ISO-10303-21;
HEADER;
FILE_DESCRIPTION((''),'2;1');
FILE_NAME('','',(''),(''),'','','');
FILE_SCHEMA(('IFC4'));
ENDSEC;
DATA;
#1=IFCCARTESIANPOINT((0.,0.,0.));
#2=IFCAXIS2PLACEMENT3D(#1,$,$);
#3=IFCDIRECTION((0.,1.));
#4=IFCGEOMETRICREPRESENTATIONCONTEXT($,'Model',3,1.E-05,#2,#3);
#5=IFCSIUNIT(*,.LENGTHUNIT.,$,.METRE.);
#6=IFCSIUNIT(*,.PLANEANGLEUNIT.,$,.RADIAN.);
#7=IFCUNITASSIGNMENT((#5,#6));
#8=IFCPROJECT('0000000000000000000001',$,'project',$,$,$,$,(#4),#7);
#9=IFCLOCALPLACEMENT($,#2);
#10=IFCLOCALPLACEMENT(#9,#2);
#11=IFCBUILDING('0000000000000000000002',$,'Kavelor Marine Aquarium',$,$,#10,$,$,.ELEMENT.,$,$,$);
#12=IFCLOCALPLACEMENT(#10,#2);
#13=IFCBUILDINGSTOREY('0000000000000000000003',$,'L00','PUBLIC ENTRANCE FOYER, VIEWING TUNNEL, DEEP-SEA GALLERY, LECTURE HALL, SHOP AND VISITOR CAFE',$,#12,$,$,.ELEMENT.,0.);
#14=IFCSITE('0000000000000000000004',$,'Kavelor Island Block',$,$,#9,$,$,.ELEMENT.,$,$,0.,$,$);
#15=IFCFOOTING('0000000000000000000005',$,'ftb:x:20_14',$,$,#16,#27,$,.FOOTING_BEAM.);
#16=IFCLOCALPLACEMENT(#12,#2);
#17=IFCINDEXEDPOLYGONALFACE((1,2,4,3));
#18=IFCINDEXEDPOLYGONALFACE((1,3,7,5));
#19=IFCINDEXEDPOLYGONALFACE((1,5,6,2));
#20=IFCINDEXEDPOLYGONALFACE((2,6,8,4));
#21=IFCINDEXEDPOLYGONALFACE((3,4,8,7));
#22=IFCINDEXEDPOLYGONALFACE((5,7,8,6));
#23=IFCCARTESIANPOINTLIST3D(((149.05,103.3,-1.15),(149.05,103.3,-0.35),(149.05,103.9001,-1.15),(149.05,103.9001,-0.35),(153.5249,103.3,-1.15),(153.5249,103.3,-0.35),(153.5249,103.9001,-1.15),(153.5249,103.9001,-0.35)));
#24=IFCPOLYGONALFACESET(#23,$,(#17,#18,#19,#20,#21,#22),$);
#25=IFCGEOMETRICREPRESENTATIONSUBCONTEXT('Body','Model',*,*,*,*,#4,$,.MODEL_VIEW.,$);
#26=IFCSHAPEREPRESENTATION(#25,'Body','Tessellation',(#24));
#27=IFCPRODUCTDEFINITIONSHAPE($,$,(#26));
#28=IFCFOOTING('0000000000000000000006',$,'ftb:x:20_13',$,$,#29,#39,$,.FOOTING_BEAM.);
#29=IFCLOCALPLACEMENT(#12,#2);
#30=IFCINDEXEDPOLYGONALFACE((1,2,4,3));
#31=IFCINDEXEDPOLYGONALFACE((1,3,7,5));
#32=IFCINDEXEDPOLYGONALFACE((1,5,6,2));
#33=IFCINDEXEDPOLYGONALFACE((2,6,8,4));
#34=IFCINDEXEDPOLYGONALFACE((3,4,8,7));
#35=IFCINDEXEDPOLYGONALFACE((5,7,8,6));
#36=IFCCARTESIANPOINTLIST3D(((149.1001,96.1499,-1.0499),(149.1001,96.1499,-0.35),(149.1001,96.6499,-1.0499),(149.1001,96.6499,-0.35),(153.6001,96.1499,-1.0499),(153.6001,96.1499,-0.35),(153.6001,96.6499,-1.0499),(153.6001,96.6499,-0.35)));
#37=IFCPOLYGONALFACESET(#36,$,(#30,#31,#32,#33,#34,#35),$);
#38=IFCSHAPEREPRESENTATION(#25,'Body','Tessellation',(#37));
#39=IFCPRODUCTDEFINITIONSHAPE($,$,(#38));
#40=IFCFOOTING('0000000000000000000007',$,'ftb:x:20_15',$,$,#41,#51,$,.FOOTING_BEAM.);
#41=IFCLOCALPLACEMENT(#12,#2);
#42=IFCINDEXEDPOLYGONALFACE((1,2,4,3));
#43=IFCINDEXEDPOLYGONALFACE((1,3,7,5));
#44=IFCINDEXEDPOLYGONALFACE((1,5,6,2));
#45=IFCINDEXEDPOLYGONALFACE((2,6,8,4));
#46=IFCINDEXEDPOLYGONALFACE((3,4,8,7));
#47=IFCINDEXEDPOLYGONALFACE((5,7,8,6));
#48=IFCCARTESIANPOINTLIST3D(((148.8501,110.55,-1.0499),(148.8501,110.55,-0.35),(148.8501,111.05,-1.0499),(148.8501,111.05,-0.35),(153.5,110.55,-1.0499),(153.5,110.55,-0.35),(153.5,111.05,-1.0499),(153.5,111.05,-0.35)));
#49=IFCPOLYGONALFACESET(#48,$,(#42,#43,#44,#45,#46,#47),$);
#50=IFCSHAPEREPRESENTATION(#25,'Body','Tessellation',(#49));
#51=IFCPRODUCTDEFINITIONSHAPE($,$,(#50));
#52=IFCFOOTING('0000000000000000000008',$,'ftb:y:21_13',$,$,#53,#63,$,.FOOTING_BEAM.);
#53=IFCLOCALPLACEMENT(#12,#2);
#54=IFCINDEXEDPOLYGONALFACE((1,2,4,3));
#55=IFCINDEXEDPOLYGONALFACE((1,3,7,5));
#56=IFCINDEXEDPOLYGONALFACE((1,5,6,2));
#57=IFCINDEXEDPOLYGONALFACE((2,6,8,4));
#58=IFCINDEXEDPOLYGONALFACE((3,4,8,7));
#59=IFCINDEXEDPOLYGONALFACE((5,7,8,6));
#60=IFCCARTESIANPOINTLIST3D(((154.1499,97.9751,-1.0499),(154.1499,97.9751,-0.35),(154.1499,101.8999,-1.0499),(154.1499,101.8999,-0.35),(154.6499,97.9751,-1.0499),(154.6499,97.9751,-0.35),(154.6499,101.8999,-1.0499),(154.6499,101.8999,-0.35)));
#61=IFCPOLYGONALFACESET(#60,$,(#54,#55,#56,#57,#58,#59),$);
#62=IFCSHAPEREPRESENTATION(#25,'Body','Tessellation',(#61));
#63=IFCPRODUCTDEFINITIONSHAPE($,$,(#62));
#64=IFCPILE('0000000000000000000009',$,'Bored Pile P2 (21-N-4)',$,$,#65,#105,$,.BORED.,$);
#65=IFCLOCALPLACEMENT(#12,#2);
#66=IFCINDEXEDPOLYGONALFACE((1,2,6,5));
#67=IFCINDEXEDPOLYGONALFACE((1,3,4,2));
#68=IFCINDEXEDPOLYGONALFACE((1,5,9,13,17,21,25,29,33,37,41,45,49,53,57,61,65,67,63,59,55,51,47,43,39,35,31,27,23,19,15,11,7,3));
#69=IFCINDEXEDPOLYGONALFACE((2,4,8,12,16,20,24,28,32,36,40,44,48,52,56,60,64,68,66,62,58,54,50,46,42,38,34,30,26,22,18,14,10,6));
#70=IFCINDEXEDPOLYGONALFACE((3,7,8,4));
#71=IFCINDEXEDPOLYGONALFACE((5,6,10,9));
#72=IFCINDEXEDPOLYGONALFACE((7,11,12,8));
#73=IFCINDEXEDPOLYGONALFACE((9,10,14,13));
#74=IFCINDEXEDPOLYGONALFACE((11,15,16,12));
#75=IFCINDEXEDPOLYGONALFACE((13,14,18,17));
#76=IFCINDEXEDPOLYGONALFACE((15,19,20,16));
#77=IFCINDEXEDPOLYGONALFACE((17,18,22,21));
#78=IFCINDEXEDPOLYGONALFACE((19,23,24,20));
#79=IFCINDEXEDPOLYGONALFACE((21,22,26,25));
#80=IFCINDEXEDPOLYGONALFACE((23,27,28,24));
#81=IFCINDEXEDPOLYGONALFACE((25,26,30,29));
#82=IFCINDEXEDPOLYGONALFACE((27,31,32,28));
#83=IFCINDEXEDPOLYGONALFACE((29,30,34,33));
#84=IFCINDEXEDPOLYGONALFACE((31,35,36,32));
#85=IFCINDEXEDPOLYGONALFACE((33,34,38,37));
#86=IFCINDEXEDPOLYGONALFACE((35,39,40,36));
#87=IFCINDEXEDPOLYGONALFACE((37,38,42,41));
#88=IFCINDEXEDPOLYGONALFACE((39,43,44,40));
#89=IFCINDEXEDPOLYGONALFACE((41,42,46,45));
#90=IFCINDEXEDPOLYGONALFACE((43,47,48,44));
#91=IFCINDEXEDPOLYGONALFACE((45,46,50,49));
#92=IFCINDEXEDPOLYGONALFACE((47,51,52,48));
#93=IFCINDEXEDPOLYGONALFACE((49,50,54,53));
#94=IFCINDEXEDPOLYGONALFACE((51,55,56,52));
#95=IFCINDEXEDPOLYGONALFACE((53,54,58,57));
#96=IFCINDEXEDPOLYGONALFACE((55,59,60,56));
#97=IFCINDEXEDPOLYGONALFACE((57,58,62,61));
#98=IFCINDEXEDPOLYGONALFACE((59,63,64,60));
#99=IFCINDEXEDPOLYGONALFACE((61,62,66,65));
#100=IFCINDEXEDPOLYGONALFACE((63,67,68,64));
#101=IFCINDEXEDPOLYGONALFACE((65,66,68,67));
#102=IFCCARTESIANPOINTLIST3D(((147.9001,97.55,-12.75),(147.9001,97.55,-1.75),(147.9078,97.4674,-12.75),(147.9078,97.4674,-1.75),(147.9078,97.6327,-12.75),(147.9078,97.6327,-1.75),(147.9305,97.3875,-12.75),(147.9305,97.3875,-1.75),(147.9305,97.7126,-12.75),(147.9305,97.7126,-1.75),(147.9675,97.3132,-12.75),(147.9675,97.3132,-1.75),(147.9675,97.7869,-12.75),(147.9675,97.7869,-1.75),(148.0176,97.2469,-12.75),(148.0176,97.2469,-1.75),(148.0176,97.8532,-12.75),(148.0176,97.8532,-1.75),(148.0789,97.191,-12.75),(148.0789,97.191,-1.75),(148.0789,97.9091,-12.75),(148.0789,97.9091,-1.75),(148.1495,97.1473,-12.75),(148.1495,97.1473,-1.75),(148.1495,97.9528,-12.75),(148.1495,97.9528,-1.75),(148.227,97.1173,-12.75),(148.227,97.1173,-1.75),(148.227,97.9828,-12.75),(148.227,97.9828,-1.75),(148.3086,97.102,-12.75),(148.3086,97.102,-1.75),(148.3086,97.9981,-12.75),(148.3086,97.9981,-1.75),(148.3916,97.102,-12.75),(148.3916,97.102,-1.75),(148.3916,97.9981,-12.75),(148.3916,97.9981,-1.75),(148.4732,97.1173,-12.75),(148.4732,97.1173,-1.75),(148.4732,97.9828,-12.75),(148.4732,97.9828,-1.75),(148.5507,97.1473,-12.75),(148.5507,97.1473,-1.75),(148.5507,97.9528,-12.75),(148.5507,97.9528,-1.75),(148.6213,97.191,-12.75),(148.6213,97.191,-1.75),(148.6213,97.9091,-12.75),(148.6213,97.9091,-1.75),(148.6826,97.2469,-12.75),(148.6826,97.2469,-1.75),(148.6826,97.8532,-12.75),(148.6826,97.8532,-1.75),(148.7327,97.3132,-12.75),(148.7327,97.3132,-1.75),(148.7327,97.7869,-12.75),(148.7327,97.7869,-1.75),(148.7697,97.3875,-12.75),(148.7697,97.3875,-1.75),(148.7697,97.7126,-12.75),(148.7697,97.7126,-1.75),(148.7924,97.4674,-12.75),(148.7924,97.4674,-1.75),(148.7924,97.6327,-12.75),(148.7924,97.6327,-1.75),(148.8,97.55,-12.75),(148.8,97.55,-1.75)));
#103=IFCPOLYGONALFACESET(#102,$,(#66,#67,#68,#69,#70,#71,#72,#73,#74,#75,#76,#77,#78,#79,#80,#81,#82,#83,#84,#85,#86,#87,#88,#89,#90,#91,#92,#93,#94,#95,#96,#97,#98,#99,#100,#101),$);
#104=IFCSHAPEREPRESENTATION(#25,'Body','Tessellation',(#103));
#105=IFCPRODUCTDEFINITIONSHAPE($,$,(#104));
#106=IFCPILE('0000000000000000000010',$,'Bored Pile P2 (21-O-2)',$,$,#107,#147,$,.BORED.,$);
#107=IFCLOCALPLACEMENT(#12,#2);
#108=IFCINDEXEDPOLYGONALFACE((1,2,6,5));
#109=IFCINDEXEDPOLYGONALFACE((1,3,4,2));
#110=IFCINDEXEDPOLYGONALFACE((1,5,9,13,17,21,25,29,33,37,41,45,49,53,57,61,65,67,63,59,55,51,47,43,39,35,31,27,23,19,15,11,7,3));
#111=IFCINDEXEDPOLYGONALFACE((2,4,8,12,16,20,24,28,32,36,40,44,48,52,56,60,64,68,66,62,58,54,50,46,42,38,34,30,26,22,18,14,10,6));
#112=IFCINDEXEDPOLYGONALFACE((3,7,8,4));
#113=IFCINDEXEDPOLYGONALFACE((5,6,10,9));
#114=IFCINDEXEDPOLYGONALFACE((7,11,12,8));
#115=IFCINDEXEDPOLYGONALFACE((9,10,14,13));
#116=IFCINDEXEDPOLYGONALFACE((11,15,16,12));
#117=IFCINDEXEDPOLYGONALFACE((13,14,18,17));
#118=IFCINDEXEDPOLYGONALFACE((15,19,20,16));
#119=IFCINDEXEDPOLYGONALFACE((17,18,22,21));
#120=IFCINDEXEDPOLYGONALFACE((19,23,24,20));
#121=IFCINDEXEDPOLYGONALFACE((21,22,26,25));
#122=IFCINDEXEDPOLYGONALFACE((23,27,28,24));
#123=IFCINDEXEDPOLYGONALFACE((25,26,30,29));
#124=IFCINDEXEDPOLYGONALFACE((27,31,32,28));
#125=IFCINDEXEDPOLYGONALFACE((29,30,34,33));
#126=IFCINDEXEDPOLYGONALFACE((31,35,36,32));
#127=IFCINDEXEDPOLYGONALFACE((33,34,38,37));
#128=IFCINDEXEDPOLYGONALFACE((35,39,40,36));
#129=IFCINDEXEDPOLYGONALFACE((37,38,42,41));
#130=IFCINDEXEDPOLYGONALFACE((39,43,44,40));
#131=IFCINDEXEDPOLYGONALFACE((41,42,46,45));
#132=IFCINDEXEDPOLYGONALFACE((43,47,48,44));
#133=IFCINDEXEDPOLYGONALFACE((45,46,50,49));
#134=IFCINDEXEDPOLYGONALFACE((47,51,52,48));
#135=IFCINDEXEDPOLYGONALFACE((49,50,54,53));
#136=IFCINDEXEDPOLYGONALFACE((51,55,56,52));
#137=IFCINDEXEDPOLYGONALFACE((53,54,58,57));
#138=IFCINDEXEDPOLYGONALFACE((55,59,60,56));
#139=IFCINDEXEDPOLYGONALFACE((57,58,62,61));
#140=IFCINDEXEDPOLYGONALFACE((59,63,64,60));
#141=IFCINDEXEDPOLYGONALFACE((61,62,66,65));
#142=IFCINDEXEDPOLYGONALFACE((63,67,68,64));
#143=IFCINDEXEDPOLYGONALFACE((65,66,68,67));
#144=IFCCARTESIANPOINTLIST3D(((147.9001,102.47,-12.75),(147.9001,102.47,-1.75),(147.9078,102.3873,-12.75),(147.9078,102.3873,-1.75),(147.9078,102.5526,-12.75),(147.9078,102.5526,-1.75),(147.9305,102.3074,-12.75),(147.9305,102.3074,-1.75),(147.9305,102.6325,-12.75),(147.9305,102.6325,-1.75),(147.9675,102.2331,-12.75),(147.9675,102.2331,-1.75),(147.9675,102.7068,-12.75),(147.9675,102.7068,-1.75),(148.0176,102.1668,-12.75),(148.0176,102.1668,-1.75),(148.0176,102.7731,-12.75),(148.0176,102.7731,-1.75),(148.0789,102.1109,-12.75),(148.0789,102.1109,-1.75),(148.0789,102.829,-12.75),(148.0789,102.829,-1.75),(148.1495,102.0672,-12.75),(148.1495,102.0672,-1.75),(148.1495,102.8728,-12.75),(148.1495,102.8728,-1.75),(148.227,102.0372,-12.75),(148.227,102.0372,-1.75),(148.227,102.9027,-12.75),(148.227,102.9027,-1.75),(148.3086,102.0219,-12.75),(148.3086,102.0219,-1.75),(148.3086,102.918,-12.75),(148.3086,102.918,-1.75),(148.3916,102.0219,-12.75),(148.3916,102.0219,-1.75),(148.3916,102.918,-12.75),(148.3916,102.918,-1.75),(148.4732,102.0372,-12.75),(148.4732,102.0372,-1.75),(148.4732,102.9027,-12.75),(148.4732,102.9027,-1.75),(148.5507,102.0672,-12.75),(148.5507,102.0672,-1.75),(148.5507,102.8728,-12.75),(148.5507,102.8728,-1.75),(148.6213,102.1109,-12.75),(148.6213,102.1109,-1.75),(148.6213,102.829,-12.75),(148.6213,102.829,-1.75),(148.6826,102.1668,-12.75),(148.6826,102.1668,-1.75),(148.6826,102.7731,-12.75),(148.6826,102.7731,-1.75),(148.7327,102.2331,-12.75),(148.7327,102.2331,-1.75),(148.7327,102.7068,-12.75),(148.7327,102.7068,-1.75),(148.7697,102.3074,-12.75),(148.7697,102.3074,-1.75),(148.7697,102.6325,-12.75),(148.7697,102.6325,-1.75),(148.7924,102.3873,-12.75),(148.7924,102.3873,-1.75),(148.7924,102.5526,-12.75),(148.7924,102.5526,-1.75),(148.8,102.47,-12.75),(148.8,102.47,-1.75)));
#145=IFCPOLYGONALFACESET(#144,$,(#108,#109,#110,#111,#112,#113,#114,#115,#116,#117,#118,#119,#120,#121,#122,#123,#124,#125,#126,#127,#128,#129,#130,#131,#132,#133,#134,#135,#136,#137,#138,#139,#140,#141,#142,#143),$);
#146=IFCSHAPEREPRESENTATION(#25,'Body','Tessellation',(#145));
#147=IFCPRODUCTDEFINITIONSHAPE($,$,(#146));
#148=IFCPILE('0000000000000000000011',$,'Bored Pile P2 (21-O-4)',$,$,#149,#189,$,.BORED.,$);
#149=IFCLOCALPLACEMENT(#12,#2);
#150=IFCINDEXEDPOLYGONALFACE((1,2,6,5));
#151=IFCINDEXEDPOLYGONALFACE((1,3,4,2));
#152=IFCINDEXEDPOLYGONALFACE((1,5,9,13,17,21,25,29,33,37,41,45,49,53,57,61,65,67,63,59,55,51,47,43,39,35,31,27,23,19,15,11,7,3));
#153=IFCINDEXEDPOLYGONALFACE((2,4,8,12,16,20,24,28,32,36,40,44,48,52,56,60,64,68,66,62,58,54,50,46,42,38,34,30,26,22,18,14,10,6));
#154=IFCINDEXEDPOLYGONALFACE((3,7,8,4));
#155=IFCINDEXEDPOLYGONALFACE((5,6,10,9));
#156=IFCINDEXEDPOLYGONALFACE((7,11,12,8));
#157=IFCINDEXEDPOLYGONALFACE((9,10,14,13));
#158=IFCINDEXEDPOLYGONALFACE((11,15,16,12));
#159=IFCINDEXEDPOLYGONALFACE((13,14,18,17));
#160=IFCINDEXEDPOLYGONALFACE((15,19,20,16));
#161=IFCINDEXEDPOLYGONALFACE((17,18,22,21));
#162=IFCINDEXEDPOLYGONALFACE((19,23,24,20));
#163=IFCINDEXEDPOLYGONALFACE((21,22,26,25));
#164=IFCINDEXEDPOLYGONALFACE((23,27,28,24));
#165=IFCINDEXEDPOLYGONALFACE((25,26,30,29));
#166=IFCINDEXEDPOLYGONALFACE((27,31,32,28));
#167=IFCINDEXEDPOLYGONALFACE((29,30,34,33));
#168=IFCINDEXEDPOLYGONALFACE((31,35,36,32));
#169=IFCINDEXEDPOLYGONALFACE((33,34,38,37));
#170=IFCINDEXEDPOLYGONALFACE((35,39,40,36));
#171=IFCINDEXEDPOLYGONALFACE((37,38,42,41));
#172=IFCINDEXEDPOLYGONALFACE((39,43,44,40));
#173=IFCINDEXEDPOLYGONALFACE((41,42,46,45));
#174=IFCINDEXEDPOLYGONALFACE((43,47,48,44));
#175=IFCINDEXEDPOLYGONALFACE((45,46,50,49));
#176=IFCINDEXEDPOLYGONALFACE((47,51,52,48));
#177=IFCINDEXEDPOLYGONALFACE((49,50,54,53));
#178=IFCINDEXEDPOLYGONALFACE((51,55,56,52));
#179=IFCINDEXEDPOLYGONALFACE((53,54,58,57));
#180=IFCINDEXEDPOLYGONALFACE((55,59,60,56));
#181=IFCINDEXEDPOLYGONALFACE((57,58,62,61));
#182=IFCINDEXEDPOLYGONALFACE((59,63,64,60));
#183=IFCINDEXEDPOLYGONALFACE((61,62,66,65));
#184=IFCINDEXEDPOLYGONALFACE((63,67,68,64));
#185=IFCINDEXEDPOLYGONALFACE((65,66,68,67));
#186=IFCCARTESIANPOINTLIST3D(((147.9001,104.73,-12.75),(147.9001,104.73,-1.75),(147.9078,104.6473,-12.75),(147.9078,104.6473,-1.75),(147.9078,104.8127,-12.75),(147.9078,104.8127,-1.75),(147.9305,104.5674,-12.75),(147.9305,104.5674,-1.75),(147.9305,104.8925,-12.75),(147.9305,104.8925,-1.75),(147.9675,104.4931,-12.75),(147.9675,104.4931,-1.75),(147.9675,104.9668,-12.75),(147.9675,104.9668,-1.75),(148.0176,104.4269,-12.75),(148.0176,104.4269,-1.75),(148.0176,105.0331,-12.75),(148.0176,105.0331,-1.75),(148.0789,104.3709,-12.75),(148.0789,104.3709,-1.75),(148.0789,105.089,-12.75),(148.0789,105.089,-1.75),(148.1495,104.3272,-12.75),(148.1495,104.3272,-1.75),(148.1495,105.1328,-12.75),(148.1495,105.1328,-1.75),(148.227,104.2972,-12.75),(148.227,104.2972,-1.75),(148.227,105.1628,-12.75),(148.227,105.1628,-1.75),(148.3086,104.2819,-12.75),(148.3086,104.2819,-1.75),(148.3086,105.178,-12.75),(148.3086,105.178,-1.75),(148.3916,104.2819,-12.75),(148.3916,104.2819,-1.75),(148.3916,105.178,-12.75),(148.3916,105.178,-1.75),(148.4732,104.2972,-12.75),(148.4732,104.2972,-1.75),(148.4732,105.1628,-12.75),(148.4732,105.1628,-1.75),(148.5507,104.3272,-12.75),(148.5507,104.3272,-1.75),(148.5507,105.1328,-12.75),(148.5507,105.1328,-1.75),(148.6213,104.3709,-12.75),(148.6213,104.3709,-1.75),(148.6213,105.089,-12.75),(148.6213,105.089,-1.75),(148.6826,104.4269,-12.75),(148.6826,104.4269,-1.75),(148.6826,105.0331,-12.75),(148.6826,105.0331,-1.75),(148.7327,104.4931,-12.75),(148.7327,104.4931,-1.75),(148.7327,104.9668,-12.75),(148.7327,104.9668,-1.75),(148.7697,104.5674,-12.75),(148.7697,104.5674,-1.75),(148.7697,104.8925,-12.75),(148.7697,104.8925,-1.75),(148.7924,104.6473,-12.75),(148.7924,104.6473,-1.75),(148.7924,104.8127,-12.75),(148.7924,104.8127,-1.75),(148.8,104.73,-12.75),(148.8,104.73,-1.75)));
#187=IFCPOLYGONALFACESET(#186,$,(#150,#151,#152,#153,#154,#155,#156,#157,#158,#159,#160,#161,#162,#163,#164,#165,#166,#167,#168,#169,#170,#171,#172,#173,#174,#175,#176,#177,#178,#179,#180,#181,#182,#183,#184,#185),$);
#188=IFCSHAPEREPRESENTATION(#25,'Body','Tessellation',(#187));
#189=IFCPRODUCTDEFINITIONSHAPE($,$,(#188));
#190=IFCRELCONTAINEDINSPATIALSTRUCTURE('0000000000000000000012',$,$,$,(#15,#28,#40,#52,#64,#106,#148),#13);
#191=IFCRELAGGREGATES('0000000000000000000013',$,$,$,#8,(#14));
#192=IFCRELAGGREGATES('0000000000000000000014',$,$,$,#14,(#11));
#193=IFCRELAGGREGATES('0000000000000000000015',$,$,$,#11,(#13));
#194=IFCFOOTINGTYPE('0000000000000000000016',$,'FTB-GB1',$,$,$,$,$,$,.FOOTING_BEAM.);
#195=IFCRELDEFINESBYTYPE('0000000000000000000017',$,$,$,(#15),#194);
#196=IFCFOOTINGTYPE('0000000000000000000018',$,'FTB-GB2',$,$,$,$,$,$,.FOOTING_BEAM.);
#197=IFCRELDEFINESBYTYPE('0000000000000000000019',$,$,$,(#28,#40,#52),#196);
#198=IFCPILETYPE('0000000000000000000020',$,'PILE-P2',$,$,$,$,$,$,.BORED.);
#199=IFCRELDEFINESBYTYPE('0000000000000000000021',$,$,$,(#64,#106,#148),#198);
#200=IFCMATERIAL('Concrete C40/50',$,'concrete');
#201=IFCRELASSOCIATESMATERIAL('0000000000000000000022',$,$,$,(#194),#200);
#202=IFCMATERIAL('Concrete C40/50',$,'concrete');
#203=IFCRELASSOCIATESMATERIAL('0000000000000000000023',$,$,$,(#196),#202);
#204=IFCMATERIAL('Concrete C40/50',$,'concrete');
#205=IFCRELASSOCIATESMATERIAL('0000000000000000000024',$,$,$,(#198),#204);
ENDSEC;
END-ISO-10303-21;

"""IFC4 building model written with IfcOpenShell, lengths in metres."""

from ifc_helpers import new_model, si_unit, direction, frame, origin, origin_2d, place, context, subcontext, project, spatial, rectangle, circle, extrude, material, material_profile, profile_set, type_object, element, save


model = new_model("IFC4")

# Units and contexts
model_context = context("Model", 3, precision=1e-05, world=origin(), true_north=direction((0.0, 1.0)))
body_context = subcontext(model_context, "Body", "Model", "MODEL_VIEW")
ifc_project = project(units=[si_unit("LENGTHUNIT", "METRE"), si_unit("PLANEANGLEUNIT", "RADIAN")], contexts=[model_context])

# Site, building, storey
site_placement = place(None, origin())
site = spatial("IfcSite", under=ifc_project, at=site_placement, Name="Kavelor Island Block", CompositionType="ELEMENT", RefElevation=0.0)
building_placement = place(site_placement, origin())
building = spatial("IfcBuilding", under=site, at=building_placement, Name="Kavelor Marine Aquarium", CompositionType="ELEMENT")
storey_placement = place(building_placement, origin())
storey = spatial("IfcBuildingStorey", under=building, at=storey_placement, Name="L00", Description="PUBLIC ENTRANCE FOYER, VIEWING TUNNEL, DEEP-SEA GALLERY, LECTURE HALL, SHOP AND VISITOR CAFE", CompositionType="ELEMENT", Elevation=0.0)

# Footings
ifc_material_1 = material(Name="Concrete C40/50", Category="concrete")
ifc_material_profile_1 = material_profile(ifc_material_1, rectangle(XDim=0.6001, YDim=0.8, at=origin_2d()), Name="GB 600x800")
ifc_profile_set_1 = profile_set([ifc_material_profile_1], Name="Concrete C40/50")
footing_type_1 = type_object("IfcFootingType", Name="FTB-GB1", PredefinedType="FOOTING_BEAM", material=ifc_profile_set_1)
footing_1_placement = place(storey_placement, frame((149.05, 103.6001, -0.75), z_axis=(1.0, 0.0, 0.0), x_axis=(0.0, 1.0, 0.0)))
element("IfcFooting", 1, at=footing_1_placement, inside=storey, type_object=footing_type_1, Name="ftb:x:20_14", PredefinedType="FOOTING_BEAM", context=body_context, shape_type="SweptSolid", body=[
    extrude(rectangle(XDim=0.6001, YDim=0.8, at=origin_2d()), origin(), (0.0, 0.0, 1.0), 4.4749),
])
ifc_material_2 = material(Name="Concrete C40/50", Category="concrete")
ifc_material_profile_2 = material_profile(ifc_material_2, rectangle(XDim=0.5, YDim=0.7, at=origin_2d()), Name="GB 500x700")
ifc_profile_set_2 = profile_set([ifc_material_profile_2], Name="Concrete C40/50")
footing_type_2 = type_object("IfcFootingType", Name="FTB-GB2", PredefinedType="FOOTING_BEAM", material=ifc_profile_set_2)
footing_2_placement = place(storey_placement, frame((149.1001, 96.3999, -0.7), z_axis=(1.0, 0.0, 0.0), x_axis=(0.0, 1.0, 0.0)))
element("IfcFooting", 2, at=footing_2_placement, inside=storey, type_object=footing_type_2, Name="ftb:x:20_13", PredefinedType="FOOTING_BEAM", context=body_context, shape_type="SweptSolid", body=[
    extrude(rectangle(XDim=0.5, YDim=0.7, at=origin_2d()), origin(), (0.0, 0.0, 1.0), 4.5),
])
footing_3_placement = place(storey_placement, frame((148.8501, 110.8, -0.7), z_axis=(1.0, 0.0, 0.0), x_axis=(0.0, 1.0, 0.0)))
element("IfcFooting", 3, at=footing_3_placement, inside=storey, type_object=footing_type_2, Name="ftb:x:20_15", PredefinedType="FOOTING_BEAM", context=body_context, shape_type="SweptSolid", body=[
    extrude(rectangle(XDim=0.5, YDim=0.7, at=origin_2d()), origin(), (0.0, 0.0, 1.0), 4.6499),
])
footing_4_placement = place(storey_placement, frame((154.3999, 97.9751, -0.7), z_axis=(0.0, 1.0, 0.0), x_axis=(-1.0, 0.0, 0.0)))
element("IfcFooting", 4, at=footing_4_placement, inside=storey, type_object=footing_type_2, Name="ftb:y:21_13", PredefinedType="FOOTING_BEAM", context=body_context, shape_type="SweptSolid", body=[
    extrude(rectangle(XDim=0.5, YDim=0.7, at=origin_2d()), origin(), (0.0, 0.0, 1.0), 3.9248),
])

# Piles
ifc_material_3 = material(Name="Concrete C40/50", Category="concrete")
ifc_material_profile_3 = material_profile(ifc_material_3, circle(Radius=0.45, at=origin_2d()), Name="PILE D900")
ifc_profile_set_3 = profile_set([ifc_material_profile_3], Name="Concrete C40/50")
pile_type_1 = type_object("IfcPileType", Name="PILE-P2", PredefinedType="BORED", material=ifc_profile_set_3)
for number, where, z_axis, x_axis, name in (
    (5, (148.3501, 97.55, -1.75), (0.0, 0.0, -1.0), (1.0, 0.0, 0.0), "Bored Pile P2 (21-N-4)"),
    (6, (148.3501, 102.47, -1.75), (0.0, 0.0, -1.0), (1.0, 0.0, 0.0), "Bored Pile P2 (21-O-2)"),
    (7, (148.3501, 104.73, -1.75), (0.0, 0.0, -1.0), (1.0, 0.0, 0.0), "Bored Pile P2 (21-O-4)"),
):
    element("IfcPile", number, at=place(storey_placement, frame(where, z_axis=z_axis, x_axis=x_axis)), inside=storey, type_object=pile_type_1, Name=name, PredefinedType="BORED", context=body_context, shape_type="SweptSolid", body=[
        extrude(circle(Radius=0.45, at=origin_2d()), origin(), (0.0, 0.0, 1.0), 11.0),
    ])

save(model, "model.ifc")
